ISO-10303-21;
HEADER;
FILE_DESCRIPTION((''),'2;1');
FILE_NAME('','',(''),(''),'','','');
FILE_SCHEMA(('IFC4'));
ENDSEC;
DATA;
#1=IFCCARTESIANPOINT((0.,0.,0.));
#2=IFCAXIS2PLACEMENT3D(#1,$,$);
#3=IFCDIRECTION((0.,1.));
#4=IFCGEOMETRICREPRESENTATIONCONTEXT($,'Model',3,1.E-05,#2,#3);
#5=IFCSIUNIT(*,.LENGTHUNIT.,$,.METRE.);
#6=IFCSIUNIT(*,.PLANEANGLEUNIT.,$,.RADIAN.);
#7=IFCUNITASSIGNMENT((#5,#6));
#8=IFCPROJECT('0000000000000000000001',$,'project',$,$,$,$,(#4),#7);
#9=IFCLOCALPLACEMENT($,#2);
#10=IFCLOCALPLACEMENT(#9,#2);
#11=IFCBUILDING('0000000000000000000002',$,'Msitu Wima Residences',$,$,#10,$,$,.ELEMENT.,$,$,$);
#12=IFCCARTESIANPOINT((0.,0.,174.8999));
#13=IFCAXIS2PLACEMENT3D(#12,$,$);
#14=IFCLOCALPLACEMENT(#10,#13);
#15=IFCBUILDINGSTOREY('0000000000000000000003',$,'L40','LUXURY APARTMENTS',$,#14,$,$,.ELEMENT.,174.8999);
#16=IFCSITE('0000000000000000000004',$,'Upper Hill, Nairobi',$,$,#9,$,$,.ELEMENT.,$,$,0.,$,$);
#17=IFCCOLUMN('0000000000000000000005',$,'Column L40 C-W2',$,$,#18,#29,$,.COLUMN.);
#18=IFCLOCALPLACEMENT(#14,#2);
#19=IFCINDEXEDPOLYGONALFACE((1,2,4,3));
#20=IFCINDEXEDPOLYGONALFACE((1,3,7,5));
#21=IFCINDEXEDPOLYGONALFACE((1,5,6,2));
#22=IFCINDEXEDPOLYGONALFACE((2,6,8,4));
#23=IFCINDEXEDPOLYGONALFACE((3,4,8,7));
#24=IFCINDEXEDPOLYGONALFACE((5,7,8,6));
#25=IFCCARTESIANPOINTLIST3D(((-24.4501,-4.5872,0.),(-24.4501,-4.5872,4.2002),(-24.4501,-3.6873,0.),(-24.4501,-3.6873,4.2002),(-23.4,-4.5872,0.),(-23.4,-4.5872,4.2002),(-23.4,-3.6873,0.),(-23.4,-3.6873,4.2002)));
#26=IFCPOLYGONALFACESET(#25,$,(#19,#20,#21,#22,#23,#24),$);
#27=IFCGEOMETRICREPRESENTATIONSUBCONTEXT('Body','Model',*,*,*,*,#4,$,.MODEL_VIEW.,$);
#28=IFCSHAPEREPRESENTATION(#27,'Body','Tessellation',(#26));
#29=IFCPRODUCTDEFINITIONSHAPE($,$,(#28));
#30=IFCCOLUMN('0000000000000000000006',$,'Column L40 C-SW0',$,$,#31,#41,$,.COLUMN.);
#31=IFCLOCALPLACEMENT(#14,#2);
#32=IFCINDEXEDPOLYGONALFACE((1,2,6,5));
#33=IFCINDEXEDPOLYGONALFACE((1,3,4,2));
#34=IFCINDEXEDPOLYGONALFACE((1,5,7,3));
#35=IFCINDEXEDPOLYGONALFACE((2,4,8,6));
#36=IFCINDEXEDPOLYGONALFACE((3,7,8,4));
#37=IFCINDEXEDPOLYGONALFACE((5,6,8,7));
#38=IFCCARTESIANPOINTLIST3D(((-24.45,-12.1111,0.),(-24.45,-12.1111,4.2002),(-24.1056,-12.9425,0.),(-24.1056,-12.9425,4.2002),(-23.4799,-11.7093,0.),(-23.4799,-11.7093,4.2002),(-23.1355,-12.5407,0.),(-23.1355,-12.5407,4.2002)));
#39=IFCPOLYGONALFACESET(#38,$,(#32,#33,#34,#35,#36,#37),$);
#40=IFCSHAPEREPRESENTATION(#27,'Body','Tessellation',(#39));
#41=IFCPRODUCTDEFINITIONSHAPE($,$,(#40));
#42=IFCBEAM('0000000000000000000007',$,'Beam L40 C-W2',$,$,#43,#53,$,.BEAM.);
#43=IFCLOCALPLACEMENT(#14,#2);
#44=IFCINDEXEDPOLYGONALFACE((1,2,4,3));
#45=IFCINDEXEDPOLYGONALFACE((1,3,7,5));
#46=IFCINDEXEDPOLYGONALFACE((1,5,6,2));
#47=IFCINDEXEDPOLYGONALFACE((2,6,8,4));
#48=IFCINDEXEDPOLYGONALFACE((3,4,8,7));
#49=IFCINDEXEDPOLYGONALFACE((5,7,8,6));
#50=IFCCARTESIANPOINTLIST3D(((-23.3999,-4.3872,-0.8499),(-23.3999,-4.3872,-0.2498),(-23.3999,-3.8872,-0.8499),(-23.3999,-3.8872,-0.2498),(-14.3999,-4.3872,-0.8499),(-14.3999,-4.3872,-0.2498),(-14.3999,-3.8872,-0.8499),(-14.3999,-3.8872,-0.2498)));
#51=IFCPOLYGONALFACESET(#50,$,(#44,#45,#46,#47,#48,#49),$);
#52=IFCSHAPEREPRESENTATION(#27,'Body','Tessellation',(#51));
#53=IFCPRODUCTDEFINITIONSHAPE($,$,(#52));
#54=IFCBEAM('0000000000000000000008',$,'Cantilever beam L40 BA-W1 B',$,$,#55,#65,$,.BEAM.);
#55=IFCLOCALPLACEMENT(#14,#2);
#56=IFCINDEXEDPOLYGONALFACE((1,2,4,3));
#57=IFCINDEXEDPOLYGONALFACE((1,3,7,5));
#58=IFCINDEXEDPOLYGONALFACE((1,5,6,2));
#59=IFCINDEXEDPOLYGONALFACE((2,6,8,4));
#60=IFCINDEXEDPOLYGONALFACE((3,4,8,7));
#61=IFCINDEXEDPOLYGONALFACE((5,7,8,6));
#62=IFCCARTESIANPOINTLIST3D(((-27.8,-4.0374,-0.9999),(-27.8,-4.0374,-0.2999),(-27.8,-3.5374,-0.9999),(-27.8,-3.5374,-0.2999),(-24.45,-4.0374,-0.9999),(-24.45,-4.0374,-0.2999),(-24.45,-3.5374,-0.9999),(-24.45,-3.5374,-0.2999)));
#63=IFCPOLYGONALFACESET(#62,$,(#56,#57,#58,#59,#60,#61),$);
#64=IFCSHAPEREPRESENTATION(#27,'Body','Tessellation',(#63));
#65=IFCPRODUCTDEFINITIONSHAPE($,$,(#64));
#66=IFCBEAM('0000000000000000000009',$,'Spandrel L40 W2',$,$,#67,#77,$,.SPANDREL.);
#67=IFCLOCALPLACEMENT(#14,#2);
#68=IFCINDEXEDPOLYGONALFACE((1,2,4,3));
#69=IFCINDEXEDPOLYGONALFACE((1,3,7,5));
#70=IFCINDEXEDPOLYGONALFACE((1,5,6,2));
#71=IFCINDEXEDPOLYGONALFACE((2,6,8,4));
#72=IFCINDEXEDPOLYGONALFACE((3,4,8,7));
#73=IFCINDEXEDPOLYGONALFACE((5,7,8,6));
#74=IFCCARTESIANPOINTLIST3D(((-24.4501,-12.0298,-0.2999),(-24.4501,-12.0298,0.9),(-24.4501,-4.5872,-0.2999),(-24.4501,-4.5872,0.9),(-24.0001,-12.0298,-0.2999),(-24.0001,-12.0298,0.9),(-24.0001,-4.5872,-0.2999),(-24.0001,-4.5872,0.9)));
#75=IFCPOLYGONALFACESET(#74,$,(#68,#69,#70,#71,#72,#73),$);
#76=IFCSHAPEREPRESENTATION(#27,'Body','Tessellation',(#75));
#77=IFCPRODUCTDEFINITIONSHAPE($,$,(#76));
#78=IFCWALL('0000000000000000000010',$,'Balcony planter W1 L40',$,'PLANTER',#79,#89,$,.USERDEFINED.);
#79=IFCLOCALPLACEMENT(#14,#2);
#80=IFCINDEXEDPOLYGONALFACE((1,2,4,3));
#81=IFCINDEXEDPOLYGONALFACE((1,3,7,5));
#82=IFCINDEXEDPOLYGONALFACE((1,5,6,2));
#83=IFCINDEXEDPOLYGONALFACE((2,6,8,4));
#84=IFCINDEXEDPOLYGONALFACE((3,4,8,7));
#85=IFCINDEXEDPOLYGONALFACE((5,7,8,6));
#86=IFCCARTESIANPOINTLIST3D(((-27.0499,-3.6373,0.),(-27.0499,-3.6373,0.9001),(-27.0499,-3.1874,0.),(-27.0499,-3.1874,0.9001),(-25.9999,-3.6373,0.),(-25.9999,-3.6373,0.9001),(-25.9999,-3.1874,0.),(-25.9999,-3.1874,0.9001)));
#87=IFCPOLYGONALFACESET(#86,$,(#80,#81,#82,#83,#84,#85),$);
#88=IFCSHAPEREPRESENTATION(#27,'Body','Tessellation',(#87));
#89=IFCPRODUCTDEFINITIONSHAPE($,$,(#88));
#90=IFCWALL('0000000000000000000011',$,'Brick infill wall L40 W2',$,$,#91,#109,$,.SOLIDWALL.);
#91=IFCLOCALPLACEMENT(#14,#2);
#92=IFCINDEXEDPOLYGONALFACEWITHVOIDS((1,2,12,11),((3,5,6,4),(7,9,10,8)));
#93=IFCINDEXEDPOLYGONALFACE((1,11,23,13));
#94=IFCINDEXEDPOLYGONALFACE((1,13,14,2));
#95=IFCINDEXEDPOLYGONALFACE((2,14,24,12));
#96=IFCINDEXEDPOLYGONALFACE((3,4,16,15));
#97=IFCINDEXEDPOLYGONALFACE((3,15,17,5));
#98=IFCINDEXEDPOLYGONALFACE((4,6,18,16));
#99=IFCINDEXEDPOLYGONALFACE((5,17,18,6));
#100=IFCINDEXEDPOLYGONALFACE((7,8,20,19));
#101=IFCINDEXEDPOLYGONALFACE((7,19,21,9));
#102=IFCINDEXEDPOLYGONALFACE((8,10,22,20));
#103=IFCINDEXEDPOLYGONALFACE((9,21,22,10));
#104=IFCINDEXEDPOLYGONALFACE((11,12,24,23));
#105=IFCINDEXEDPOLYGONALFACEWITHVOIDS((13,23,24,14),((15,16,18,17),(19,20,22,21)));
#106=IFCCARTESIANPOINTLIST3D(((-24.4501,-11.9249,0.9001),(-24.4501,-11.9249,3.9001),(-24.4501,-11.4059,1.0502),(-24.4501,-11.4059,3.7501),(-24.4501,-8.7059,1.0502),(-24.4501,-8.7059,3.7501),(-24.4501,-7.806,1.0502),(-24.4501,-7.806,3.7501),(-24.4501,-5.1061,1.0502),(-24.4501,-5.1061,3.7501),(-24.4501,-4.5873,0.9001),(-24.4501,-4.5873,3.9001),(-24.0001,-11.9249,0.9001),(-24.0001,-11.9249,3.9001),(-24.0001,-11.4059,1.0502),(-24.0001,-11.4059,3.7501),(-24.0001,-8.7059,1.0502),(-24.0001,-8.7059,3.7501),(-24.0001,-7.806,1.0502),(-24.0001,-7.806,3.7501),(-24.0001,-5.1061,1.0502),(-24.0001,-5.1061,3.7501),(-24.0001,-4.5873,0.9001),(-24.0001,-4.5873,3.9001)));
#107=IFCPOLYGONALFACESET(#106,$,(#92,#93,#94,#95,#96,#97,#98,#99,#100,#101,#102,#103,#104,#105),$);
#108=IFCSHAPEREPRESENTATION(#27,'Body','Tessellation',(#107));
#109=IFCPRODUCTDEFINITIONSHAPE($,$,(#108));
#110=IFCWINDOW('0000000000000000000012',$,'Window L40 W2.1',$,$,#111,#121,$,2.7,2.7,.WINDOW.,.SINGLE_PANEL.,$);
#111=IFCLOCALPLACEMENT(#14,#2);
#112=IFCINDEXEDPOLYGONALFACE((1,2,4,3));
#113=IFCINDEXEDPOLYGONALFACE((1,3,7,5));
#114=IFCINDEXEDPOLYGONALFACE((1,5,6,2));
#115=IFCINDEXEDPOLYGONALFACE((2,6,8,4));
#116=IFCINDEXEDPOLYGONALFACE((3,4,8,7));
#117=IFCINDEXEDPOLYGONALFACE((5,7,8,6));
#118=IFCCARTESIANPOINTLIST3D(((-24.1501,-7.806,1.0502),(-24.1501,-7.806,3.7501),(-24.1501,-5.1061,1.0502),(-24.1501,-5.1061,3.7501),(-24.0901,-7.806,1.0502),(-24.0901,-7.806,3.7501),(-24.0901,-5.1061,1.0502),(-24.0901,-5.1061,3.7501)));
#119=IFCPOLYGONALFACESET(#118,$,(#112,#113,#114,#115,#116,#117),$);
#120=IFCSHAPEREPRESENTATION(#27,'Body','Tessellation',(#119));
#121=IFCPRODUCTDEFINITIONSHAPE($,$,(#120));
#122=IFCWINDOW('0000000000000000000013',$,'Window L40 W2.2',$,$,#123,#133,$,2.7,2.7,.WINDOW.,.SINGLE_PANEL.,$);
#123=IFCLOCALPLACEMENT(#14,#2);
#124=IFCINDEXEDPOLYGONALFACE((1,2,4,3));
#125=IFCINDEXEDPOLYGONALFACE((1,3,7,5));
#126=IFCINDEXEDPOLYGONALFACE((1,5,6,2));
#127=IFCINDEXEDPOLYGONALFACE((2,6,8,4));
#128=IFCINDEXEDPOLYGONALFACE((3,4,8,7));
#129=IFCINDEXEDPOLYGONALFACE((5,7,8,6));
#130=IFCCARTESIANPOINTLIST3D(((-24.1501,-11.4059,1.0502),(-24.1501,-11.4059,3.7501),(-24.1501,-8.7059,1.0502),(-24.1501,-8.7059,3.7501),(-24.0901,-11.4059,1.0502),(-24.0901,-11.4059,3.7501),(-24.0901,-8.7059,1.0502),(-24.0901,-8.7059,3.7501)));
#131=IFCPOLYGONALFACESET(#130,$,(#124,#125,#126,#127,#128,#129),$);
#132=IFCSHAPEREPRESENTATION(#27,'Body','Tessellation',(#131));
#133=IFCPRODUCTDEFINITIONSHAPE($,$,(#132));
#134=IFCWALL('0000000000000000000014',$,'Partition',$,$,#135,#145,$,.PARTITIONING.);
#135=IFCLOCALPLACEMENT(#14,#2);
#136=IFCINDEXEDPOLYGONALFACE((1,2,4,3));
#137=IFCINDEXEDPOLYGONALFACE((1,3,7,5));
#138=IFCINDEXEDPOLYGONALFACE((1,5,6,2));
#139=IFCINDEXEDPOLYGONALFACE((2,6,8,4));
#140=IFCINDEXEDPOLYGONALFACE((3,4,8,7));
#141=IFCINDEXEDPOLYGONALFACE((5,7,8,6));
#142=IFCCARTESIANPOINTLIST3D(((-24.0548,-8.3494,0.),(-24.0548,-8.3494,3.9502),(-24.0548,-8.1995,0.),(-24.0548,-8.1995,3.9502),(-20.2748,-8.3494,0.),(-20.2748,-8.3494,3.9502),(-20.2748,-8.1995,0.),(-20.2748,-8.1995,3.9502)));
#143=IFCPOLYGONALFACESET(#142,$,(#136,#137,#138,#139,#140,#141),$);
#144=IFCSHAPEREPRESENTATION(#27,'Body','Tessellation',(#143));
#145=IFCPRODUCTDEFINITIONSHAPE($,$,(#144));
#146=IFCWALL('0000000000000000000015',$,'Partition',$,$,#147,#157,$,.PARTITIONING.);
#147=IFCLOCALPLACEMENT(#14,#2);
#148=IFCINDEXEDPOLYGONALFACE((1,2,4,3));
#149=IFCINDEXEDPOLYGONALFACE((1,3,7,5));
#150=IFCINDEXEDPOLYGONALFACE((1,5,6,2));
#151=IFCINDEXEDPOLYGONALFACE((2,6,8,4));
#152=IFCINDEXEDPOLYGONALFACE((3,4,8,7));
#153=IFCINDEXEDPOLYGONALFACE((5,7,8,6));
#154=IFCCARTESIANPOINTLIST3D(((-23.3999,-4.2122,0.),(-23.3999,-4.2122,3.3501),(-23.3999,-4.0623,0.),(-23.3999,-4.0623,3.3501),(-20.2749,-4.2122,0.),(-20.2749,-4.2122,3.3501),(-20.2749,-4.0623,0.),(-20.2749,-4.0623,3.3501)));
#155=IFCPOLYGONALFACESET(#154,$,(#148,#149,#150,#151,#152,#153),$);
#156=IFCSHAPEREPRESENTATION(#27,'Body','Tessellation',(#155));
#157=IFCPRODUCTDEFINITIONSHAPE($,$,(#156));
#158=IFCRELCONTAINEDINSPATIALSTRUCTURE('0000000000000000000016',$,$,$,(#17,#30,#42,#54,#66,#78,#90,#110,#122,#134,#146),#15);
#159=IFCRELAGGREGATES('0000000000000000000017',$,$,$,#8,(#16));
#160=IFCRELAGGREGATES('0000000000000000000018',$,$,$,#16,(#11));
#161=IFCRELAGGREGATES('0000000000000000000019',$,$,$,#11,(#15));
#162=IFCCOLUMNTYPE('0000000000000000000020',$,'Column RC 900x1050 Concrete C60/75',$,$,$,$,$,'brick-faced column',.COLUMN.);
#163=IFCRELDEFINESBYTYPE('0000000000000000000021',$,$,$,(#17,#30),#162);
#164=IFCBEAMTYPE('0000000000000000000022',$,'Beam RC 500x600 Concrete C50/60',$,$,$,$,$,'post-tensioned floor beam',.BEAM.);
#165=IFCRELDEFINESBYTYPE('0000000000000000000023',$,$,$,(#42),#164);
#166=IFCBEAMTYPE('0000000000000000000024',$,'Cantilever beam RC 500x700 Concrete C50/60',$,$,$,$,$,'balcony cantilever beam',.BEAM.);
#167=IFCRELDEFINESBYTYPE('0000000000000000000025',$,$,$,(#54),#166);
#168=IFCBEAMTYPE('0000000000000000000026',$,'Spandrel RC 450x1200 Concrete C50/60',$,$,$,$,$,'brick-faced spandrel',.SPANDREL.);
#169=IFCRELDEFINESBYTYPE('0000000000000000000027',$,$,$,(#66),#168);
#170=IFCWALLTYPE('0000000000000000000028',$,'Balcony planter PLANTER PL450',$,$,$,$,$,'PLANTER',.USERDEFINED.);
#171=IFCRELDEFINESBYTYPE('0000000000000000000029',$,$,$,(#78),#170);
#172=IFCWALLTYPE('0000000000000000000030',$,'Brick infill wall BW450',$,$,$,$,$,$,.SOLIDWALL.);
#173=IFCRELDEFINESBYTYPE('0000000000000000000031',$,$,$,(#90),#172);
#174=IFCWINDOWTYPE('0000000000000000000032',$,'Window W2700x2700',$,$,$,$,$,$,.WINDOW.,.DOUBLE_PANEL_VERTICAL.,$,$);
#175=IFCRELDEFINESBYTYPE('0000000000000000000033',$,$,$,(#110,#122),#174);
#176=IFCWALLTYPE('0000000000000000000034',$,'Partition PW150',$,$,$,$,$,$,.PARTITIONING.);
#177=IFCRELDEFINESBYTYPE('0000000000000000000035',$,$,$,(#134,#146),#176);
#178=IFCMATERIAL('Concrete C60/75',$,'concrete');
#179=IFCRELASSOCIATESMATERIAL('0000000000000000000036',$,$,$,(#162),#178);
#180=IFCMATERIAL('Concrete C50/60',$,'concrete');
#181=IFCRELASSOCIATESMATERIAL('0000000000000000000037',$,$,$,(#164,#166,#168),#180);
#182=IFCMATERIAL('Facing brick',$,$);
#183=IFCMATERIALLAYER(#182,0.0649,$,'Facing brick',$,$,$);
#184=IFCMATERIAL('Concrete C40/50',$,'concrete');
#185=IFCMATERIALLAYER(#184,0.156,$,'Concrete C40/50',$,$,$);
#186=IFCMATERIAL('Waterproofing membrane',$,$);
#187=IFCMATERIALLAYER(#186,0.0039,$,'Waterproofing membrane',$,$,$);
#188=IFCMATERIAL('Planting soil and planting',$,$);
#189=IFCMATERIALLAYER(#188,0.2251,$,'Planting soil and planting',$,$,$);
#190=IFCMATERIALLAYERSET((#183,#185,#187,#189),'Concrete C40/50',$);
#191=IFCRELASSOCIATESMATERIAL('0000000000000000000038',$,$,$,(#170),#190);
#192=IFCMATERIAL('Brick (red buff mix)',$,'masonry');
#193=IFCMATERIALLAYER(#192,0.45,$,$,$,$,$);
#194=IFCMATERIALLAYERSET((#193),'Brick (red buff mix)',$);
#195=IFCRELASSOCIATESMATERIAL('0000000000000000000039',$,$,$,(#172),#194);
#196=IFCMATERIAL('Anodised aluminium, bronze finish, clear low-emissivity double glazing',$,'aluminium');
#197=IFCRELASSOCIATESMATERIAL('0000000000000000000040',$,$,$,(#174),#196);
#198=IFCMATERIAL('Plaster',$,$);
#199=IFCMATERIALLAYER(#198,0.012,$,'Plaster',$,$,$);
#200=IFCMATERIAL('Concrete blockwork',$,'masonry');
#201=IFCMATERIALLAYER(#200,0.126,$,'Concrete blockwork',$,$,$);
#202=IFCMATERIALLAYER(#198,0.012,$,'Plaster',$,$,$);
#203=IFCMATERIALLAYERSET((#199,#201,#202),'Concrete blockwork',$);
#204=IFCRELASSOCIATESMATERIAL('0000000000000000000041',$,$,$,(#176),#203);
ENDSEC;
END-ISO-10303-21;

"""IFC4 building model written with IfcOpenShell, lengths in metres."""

from ifc_helpers import new_model, si_unit, direction, frame, frame_2d, origin, origin_2d, place, context, subcontext, project, spatial, rectangle, extrude, material, layer, layer_set, material_profile, profile_set, type_object, element, fill, save


model = new_model("IFC4")

# Units and contexts
model_context = context("Model", 3, precision=1e-05, world=origin(), true_north=direction((0.0, 1.0)))
body_context = subcontext(model_context, "Body", "Model", "MODEL_VIEW")
ifc_project = project(units=[si_unit("LENGTHUNIT", "METRE"), si_unit("PLANEANGLEUNIT", "RADIAN")], contexts=[model_context])

# Site, building, storey
site_placement = place(None, origin())
site = spatial("IfcSite", under=ifc_project, at=site_placement, Name="Upper Hill, Nairobi", CompositionType="ELEMENT", RefElevation=0.0)
building_placement = place(site_placement, origin())
building = spatial("IfcBuilding", under=site, at=building_placement, Name="Msitu Wima Residences", CompositionType="ELEMENT")
storey_placement = place(building_placement, frame((0.0, 0.0, 174.8999)))
storey = spatial("IfcBuildingStorey", under=building, at=storey_placement, Name="L40", Description="LUXURY APARTMENTS", CompositionType="ELEMENT", Elevation=174.8999)

# Columns
ifc_material_1 = material(Name="Concrete C60/75", Category="concrete")
ifc_material_profile_1 = material_profile(ifc_material_1, rectangle(XDim=0.8999, YDim=1.05, at=origin_2d()), Name="RC 900x1050")
ifc_profile_set_1 = profile_set([ifc_material_profile_1], Name="Concrete C60/75")
column_type = type_object("IfcColumnType", Name="Column RC 900x1050 Concrete C60/75", ElementType="brick-faced column", PredefinedType="COLUMN", material=ifc_profile_set_1)
for number, where, z_axis, x_axis, name in (
    (1, (-23.925, -4.1372, 0.0), (0.0, 0.0, 1.0), (0.0, -1.0, 0.0), "Column L40 C-W2"),
    (2, (-23.7927, -12.3259, 0.0), (0.0, 0.0, 1.0), (0.382683, -0.92388, 0.0), "Column L40 C-SW0"),
):
    element("IfcColumn", number, at=place(storey_placement, frame(where, z_axis=z_axis, x_axis=x_axis)), inside=storey, type_object=column_type, Name=name, PredefinedType="COLUMN", context=body_context, shape_type="SweptSolid", body=[
        extrude(rectangle(XDim=0.8999, YDim=1.05, at=origin_2d()), origin(), (0.0, 0.0, 1.0), 4.2002),
    ])

# Beams
ifc_material_2 = material(Name="Concrete C50/60", Category="concrete")
ifc_material_profile_2 = material_profile(ifc_material_2, rectangle(XDim=0.5, YDim=0.6001, at=origin_2d()), Name="RC 500x600")
ifc_profile_set_2 = profile_set([ifc_material_profile_2], Name="Concrete C50/60")
beam_type_1 = type_object("IfcBeamType", Name="Beam RC 500x600 Concrete C50/60", ElementType="post-tensioned floor beam", PredefinedType="BEAM", material=ifc_profile_set_2)
beam_1_placement = place(storey_placement, frame((-23.3999, -4.1372, -0.5498), z_axis=(1.0, 0.0, 0.0), x_axis=(0.0, 1.0, 0.0)))
element("IfcBeam", 3, at=beam_1_placement, inside=storey, type_object=beam_type_1, Name="Beam L40 C-W2", PredefinedType="BEAM", context=body_context, shape_type="SweptSolid", body=[
    extrude(rectangle(XDim=0.5, YDim=0.6001, at=origin_2d()), origin(), (0.0, 0.0, 1.0), 9.0),
])
ifc_material_profile_3 = material_profile(ifc_material_2, rectangle(XDim=0.5, YDim=0.7, at=origin_2d()), Name="RC 500x700")
ifc_profile_set_3 = profile_set([ifc_material_profile_3], Name="Concrete C50/60")
beam_type_2 = type_object("IfcBeamType", Name="Cantilever beam RC 500x700 Concrete C50/60", ElementType="balcony cantilever beam", PredefinedType="BEAM", material=ifc_profile_set_3)
beam_2_placement = place(storey_placement, frame((-24.45, -3.7874, -0.6499), z_axis=(-1.0, 0.0, 0.0), x_axis=(0.0, -1.0, 0.0)))
element("IfcBeam", 4, at=beam_2_placement, inside=storey, type_object=beam_type_2, Name="Cantilever beam L40 BA-W1 B", PredefinedType="BEAM", context=body_context, shape_type="SweptSolid", body=[
    extrude(rectangle(XDim=0.5, YDim=0.7, at=origin_2d()), origin(), (0.0, 0.0, 1.0), 3.3501),
])
ifc_material_profile_4 = material_profile(ifc_material_2, rectangle(XDim=0.45, YDim=1.2, at=origin_2d()), Name="RC 450x1200")
ifc_profile_set_4 = profile_set([ifc_material_profile_4], Name="Concrete C50/60")
beam_type_3 = type_object("IfcBeamType", Name="Spandrel RC 450x1200 Concrete C50/60", ElementType="brick-faced spandrel", PredefinedType="SPANDREL", material=ifc_profile_set_4)
beam_3_placement = place(storey_placement, frame((-24.2251, -4.5872, 0.3), z_axis=(0.0, -1.0, 0.0), x_axis=(1.0, 0.0, 0.0)))
element("IfcBeam", 5, at=beam_3_placement, inside=storey, type_object=beam_type_3, Name="Spandrel L40 W2", PredefinedType="SPANDREL", context=body_context, shape_type="SweptSolid", body=[
    extrude(rectangle(XDim=0.45, YDim=1.2, at=origin_2d()), origin(), (0.0, 0.0, 1.0), 7.4426),
])

# Wall
ifc_material_3 = material(Name="Facing brick")
ifc_layer_1 = layer(ifc_material_3, 0.0649, Name="Facing brick")
ifc_material_4 = material(Name="Concrete C40/50", Category="concrete")
ifc_layer_2 = layer(ifc_material_4, 0.156, Name="Concrete C40/50")
ifc_material_5 = material(Name="Waterproofing membrane")
ifc_layer_3 = layer(ifc_material_5, 0.0039, Name="Waterproofing membrane")
ifc_material_6 = material(Name="Planting soil and planting")
ifc_layer_4 = layer(ifc_material_6, 0.2251, Name="Planting soil and planting")
ifc_layer_set_1 = layer_set([ifc_layer_1, ifc_layer_2, ifc_layer_3, ifc_layer_4], Name="Concrete C40/50")
wall_type_1 = type_object("IfcWallType", Name="Balcony planter PLANTER PL450", ElementType="PLANTER", PredefinedType="USERDEFINED", material=ifc_layer_set_1)
wall_1_placement = place(storey_placement, frame((-26.0, -3.4124, 0.0), z_axis=(0.0, 0.0, 1.0), x_axis=(-1.0, 0.0, 0.0)))
element("IfcWall", 6, at=wall_1_placement, inside=storey, type_object=wall_type_1, Name="Balcony planter W1 L40", ObjectType="PLANTER", PredefinedType="USERDEFINED", context=body_context, shape_type="SweptSolid", body=[
    extrude(rectangle(XDim=1.05, YDim=0.45, at=frame_2d((0.5249, 0.0))), origin(), (0.0, 0.0, 1.0), 0.9001),
])

# Wall, openings, windows
ifc_material_7 = material(Name="Brick (red buff mix)", Category="masonry")
ifc_layer_5 = layer(ifc_material_7, 0.45)
ifc_layer_set_2 = layer_set([ifc_layer_5], Name="Brick (red buff mix)")
wall_type_2 = type_object("IfcWallType", Name="Brick infill wall BW450", PredefinedType="SOLIDWALL", material=ifc_layer_set_2)
wall_2_placement = place(storey_placement, frame((-24.2251, -4.5872, 0.9001), z_axis=(0.0, 0.0, 1.0), x_axis=(0.0, -1.0, 0.0)))
wall_2 = element("IfcWall", 7, at=wall_2_placement, inside=storey, type_object=wall_type_2, Name="Brick infill wall L40 W2", PredefinedType="SOLIDWALL", context=body_context, shape_type="SweptSolid", body=[
    extrude(rectangle(XDim=7.3376, YDim=0.45, at=frame_2d((3.6689, 0.0))), origin(), (0.0, 0.0, 1.0), 3.0),
])
opening_1_placement = place(wall_2_placement, frame((0.5188, 0.0, 0.1499)))
opening_1 = element("IfcOpeningElement", 8, at=opening_1_placement, cuts=wall_2, PredefinedType="OPENING", context=body_context, shape_type="SweptSolid", body=[
    extrude(rectangle(XDim=2.7, YDim=2.7, at=frame_2d((1.3501, 1.3501))), frame((0.0, 0.2349, 0.0), z_axis=(0.0, -1.0, 0.0), x_axis=(1.0, 0.0, 0.0)), (0.0, 0.0, 1.0), 0.47),
])
opening_2_placement = place(wall_2_placement, frame((4.1187, 0.0, 0.1499)))
opening_2 = element("IfcOpeningElement", 9, at=opening_2_placement, cuts=wall_2, PredefinedType="OPENING", context=body_context, shape_type="SweptSolid", body=[
    extrude(rectangle(XDim=2.7, YDim=2.7, at=frame_2d((1.3501, 1.3501))), frame((0.0, 0.2349, 0.0), z_axis=(0.0, -1.0, 0.0), x_axis=(1.0, 0.0, 0.0)), (0.0, 0.0, 1.0), 0.47),
])
ifc_material_8 = material(Name="Anodised aluminium, bronze finish, clear low-emissivity double glazing", Category="aluminium")
window_type = type_object("IfcWindowType", Name="Window W2700x2700", PartitioningType="DOUBLE_PANEL_VERTICAL", PredefinedType="WINDOW", material=ifc_material_8)
window_1_placement = place(opening_1_placement, origin())
window_1 = element("IfcWindow", 10, at=window_1_placement, inside=storey, type_object=window_type, Name="Window L40 W2.1", OverallHeight=2.7, OverallWidth=2.7, PartitioningType="SINGLE_PANEL", PredefinedType="WINDOW", context=body_context, shape_type="SweptSolid", body=[
    extrude(rectangle(XDim=2.7, YDim=2.7, at=frame_2d((1.3501, 1.3501))), frame((0.0, 0.135, 0.0), z_axis=(0.0, -1.0, 0.0), x_axis=(1.0, 0.0, 0.0)), (0.0, 0.0, 1.0), 0.0601),
])
fill(opening_1, window_1)
window_2_placement = place(opening_2_placement, origin())
window_2 = element("IfcWindow", 11, at=window_2_placement, inside=storey, type_object=window_type, Name="Window L40 W2.2", OverallHeight=2.7, OverallWidth=2.7, PartitioningType="SINGLE_PANEL", PredefinedType="WINDOW", context=body_context, shape_type="SweptSolid", body=[
    extrude(rectangle(XDim=2.7, YDim=2.7, at=frame_2d((1.3501, 1.3501))), frame((0.0, 0.135, 0.0), z_axis=(0.0, -1.0, 0.0), x_axis=(1.0, 0.0, 0.0)), (0.0, 0.0, 1.0), 0.0601),
])
fill(opening_2, window_2)

# Walls
ifc_material_9 = material(Name="Plaster")
ifc_layer_6 = layer(ifc_material_9, 0.012, Name="Plaster")
ifc_material_10 = material(Name="Concrete blockwork", Category="masonry")
ifc_layer_7 = layer(ifc_material_10, 0.126, Name="Concrete blockwork")
ifc_layer_8 = layer(ifc_material_9, 0.012, Name="Plaster")
ifc_layer_set_3 = layer_set([ifc_layer_6, ifc_layer_7, ifc_layer_8], Name="Concrete blockwork")
wall_type_3 = type_object("IfcWallType", Name="Partition PW150", PredefinedType="PARTITIONING", material=ifc_layer_set_3)
wall_3_placement = place(storey_placement, frame((-24.0549, -8.2744, 0.0), z_axis=(0.0, 0.0, 1.0), x_axis=(1.0, 0.0, 0.0)))
element("IfcWall", 12, at=wall_3_placement, inside=storey, type_object=wall_type_3, Name="Partition", PredefinedType="PARTITIONING", context=body_context, shape_type="SweptSolid", body=[
    extrude(rectangle(XDim=3.78, YDim=0.1499, at=frame_2d((1.8901, 0.0))), origin(), (0.0, 0.0, 1.0), 3.9502),
])
wall_4_placement = place(storey_placement, frame((-23.3999, -4.1372, 0.0), z_axis=(0.0, 0.0, 1.0), x_axis=(1.0, 0.0, 0.0)))
element("IfcWall", 13, at=wall_4_placement, inside=storey, type_object=wall_type_3, Name="Partition", PredefinedType="PARTITIONING", context=body_context, shape_type="SweptSolid", body=[
    extrude(rectangle(XDim=3.125, YDim=0.1499, at=frame_2d((1.5625, 0.0))), origin(), (0.0, 0.0, 1.0), 3.3501),
])

save(model, "model.ifc")
